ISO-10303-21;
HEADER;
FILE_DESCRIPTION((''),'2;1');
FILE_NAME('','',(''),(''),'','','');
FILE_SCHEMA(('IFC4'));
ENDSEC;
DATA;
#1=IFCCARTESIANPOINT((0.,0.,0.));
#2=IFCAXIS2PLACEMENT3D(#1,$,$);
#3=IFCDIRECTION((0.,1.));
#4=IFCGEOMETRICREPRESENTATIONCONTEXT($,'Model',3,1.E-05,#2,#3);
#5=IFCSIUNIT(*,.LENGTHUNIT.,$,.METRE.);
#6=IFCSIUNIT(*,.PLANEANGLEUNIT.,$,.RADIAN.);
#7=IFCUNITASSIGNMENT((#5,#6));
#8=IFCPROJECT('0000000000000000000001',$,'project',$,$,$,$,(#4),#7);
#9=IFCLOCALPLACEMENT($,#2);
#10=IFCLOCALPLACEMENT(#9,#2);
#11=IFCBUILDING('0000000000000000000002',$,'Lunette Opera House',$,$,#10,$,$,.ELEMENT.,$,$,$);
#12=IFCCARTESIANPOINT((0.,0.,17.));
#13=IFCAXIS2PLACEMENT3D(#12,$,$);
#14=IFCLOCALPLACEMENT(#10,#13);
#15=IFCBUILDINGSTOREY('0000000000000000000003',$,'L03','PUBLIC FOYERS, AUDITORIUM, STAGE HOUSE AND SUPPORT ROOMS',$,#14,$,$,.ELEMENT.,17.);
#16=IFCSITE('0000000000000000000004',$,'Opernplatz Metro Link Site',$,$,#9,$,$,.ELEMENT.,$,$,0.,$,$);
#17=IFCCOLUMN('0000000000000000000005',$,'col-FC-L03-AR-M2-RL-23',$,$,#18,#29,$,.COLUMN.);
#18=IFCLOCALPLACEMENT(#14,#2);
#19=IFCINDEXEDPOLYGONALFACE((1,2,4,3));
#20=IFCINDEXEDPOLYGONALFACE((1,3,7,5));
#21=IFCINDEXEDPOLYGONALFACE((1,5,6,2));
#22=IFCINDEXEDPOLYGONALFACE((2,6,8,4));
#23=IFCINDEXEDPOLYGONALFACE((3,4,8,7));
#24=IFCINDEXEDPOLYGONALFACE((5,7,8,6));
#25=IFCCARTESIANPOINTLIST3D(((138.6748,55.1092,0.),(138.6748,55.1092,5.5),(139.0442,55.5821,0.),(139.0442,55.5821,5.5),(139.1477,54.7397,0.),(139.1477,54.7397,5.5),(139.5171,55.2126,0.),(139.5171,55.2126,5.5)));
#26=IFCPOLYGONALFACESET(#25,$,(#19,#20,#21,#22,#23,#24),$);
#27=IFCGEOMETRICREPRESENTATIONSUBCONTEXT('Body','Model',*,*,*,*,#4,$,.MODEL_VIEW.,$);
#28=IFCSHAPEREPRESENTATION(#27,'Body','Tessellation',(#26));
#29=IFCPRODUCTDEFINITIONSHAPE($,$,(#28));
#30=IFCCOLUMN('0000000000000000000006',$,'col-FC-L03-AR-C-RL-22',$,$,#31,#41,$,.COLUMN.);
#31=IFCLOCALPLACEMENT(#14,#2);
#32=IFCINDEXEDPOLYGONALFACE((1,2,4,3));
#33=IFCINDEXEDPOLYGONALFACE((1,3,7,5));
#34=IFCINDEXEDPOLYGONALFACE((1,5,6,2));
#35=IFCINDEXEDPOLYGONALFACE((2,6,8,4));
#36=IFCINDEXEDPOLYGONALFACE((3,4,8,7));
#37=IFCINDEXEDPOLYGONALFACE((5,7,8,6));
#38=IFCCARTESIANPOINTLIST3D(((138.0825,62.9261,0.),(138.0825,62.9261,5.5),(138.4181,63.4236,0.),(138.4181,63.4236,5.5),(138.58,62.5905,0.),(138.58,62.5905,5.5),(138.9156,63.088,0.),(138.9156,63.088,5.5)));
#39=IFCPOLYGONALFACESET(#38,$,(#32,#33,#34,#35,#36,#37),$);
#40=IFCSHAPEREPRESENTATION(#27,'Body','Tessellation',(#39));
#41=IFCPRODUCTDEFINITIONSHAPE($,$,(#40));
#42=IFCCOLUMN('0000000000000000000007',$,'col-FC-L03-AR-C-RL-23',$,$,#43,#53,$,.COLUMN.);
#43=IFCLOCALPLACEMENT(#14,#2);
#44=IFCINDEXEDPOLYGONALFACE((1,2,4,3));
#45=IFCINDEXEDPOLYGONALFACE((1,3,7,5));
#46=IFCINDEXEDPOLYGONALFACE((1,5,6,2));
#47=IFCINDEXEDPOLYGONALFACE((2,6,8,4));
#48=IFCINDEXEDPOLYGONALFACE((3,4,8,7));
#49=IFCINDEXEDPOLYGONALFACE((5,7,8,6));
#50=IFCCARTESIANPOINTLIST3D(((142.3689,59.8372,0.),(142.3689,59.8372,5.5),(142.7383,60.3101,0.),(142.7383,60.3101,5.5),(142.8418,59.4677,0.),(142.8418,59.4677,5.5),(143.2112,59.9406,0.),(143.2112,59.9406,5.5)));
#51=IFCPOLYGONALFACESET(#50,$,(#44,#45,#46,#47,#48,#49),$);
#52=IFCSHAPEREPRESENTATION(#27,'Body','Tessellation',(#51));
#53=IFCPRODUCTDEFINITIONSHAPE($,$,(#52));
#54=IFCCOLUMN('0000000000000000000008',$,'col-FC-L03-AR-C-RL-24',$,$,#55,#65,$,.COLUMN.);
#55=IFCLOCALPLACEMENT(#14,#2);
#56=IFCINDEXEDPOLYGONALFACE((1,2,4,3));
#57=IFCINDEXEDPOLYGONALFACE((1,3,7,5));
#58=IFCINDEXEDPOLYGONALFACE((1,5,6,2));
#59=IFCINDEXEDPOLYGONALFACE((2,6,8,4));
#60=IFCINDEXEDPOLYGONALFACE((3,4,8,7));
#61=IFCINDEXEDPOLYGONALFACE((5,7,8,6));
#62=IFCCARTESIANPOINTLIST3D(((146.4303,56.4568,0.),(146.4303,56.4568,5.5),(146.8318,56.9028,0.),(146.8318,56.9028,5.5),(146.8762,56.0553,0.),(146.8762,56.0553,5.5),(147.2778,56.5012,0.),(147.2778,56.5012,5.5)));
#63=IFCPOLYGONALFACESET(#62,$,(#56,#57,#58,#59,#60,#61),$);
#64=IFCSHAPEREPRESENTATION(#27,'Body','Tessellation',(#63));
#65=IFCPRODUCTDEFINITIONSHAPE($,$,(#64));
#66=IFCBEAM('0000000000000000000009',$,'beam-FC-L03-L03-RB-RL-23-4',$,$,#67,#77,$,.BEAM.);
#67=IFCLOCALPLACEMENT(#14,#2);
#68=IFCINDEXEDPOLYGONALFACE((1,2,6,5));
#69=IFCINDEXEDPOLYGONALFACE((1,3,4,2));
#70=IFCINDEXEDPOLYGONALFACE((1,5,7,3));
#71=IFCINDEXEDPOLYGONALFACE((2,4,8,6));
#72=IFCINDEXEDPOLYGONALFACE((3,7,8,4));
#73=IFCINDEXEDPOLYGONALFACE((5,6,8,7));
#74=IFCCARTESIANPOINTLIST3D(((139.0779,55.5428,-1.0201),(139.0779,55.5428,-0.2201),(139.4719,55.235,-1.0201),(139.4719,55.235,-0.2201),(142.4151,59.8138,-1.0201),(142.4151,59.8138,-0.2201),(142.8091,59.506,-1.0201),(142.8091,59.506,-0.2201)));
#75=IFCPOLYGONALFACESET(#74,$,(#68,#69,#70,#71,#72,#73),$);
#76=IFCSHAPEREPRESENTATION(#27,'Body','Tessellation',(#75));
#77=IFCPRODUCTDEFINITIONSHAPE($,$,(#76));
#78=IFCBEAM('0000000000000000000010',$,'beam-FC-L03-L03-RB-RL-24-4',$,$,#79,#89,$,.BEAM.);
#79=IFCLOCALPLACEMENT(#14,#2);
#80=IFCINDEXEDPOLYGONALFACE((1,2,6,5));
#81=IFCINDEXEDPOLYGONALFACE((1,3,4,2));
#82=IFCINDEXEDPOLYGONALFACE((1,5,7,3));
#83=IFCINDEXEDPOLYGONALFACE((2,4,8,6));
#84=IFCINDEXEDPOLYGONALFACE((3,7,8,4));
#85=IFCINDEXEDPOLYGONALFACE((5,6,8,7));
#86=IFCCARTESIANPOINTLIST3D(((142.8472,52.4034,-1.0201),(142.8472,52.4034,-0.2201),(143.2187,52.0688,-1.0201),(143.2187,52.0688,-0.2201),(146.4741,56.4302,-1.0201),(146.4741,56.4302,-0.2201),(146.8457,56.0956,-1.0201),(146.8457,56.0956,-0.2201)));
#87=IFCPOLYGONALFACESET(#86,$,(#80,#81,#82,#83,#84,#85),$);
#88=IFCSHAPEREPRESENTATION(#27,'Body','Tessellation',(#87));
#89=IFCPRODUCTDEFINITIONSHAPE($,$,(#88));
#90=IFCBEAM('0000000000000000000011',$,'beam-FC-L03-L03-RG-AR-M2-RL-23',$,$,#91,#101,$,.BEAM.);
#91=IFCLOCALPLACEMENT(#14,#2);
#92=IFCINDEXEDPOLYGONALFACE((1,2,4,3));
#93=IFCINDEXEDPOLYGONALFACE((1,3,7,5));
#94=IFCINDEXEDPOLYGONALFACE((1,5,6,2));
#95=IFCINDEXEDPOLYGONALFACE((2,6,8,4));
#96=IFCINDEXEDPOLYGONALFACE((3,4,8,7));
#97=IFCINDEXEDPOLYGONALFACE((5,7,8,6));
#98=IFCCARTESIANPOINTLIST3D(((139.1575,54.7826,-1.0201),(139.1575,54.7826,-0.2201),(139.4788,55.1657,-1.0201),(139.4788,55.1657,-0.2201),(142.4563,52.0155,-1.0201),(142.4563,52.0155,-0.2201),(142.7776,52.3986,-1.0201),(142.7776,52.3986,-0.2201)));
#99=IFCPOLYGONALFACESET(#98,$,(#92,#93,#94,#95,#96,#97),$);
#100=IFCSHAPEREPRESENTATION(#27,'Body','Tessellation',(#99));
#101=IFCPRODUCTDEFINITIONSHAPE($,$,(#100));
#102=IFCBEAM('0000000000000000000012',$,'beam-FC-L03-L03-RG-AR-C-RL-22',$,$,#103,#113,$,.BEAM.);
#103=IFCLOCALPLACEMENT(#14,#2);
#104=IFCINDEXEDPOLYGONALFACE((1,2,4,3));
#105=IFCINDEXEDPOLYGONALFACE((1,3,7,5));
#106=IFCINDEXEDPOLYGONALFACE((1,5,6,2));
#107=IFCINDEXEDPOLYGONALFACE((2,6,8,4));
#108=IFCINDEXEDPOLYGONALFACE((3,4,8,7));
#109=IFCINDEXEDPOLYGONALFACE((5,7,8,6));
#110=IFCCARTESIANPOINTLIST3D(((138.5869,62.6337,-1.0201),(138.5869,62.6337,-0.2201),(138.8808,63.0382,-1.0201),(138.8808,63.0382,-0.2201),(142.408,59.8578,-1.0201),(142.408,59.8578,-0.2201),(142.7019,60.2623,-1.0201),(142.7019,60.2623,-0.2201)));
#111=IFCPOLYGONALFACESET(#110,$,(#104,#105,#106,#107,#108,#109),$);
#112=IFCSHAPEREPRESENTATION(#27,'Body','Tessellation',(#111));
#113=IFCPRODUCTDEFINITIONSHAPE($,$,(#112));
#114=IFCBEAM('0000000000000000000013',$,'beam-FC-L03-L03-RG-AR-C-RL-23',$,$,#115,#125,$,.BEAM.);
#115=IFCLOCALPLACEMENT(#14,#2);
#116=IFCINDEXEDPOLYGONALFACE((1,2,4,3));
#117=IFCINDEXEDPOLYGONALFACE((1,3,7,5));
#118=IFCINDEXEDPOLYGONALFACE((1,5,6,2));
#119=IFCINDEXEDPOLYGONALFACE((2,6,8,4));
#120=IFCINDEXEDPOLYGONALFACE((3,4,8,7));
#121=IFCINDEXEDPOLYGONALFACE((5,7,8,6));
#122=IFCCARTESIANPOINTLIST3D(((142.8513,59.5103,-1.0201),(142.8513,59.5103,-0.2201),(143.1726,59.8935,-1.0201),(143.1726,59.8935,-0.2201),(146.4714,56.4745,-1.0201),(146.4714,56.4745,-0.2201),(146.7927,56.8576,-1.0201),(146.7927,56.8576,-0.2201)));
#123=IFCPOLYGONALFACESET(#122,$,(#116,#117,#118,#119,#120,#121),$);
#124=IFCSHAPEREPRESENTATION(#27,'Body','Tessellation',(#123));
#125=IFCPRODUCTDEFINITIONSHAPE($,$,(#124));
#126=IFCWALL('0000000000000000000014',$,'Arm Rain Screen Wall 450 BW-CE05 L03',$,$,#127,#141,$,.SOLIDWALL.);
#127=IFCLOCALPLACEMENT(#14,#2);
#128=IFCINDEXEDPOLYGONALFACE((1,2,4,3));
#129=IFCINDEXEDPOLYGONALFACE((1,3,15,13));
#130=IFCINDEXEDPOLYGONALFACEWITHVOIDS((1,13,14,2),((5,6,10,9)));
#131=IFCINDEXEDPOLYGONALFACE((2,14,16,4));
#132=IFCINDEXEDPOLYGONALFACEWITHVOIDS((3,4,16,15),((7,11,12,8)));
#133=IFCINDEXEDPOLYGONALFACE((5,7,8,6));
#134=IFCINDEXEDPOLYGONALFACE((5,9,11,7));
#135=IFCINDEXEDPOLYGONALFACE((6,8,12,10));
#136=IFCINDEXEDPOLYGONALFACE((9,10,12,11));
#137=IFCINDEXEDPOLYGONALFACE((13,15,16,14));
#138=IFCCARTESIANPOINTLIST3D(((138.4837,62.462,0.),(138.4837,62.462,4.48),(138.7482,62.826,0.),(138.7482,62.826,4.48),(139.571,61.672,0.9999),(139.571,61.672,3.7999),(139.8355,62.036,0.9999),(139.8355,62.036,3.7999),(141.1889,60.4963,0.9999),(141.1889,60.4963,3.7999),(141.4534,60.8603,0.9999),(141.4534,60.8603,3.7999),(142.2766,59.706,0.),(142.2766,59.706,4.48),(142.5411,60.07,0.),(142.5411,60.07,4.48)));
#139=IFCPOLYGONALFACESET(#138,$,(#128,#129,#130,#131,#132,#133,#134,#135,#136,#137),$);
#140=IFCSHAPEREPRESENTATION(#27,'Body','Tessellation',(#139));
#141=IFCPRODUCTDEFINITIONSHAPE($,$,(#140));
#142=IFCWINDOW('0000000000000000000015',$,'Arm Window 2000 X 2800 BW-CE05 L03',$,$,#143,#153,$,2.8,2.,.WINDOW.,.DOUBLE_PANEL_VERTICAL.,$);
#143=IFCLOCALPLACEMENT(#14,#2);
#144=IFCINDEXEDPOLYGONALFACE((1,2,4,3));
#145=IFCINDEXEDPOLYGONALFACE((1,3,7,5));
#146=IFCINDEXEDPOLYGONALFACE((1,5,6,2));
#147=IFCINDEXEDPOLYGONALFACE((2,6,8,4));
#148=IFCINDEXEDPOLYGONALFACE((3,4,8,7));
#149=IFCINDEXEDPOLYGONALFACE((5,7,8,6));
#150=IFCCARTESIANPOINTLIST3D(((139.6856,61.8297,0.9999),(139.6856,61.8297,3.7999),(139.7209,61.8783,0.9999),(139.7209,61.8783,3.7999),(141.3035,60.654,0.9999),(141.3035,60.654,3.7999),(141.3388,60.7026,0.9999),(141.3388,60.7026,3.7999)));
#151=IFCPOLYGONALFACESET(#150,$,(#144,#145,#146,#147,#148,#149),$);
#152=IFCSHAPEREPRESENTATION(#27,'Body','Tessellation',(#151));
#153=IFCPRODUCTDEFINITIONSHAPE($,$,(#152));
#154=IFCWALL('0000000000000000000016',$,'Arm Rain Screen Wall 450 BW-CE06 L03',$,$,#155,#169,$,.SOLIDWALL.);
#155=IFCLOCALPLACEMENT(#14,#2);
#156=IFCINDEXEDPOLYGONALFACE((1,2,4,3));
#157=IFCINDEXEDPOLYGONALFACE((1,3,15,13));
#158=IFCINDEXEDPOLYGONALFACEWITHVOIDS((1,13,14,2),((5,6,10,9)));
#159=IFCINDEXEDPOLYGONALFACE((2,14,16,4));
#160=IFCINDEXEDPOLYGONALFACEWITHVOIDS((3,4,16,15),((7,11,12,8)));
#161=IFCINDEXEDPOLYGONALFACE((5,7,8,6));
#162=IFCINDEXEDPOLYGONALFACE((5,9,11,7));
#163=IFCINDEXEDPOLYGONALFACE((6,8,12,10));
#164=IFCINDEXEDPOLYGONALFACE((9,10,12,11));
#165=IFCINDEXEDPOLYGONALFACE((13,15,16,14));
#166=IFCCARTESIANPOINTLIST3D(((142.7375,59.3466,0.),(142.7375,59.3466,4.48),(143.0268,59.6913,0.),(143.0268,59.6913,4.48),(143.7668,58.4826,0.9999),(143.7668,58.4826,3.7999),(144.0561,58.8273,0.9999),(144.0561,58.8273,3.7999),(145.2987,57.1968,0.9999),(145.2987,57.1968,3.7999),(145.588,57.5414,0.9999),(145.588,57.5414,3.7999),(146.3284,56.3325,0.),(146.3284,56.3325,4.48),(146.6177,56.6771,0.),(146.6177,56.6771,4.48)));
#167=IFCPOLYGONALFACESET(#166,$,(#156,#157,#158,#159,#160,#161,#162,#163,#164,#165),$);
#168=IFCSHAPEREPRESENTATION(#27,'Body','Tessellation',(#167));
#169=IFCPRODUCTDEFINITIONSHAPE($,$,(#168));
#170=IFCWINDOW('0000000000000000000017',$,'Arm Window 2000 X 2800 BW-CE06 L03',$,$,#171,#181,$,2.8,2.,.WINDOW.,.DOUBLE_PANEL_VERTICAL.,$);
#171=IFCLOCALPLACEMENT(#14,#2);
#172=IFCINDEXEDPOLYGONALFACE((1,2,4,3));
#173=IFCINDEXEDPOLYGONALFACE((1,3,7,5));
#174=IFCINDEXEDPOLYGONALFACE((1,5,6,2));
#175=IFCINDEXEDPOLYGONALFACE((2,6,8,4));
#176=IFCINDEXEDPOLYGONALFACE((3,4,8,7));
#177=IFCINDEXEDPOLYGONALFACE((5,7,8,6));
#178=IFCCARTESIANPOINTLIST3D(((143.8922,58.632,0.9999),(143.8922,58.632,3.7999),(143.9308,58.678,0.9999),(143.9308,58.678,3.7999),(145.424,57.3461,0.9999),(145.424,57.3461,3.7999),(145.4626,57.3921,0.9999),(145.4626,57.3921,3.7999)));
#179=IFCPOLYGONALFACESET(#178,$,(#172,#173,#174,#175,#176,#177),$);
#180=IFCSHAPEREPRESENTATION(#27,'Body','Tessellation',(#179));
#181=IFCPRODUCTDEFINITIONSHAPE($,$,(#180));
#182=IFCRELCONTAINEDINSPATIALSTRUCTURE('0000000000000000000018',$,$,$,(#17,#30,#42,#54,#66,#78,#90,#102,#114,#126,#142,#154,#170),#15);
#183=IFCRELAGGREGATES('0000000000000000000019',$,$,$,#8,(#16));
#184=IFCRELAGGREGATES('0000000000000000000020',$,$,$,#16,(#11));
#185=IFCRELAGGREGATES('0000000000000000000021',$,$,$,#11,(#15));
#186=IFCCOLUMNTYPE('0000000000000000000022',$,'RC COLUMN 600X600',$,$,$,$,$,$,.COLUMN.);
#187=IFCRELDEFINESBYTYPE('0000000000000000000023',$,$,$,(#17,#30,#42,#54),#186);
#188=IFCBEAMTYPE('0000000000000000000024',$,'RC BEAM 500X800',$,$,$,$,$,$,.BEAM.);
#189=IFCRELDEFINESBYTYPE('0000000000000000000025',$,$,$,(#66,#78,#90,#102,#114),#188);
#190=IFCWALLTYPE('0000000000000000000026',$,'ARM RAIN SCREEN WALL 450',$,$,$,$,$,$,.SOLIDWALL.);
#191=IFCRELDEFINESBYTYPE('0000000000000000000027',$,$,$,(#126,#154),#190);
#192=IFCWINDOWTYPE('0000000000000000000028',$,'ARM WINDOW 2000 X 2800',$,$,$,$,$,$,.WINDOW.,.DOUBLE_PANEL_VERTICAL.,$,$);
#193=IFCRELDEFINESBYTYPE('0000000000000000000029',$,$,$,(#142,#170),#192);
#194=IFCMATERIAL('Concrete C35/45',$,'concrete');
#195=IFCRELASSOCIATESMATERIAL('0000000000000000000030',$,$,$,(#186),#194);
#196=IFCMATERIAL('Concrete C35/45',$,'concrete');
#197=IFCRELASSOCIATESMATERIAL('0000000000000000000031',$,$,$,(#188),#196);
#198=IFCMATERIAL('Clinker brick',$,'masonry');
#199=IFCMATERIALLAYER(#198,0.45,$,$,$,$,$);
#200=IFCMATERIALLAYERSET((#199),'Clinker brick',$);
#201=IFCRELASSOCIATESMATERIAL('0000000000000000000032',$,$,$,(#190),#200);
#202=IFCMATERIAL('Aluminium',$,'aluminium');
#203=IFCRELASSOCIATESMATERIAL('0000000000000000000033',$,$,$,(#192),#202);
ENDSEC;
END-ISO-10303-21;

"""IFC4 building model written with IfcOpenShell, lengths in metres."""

from ifc_helpers import new_model, si_unit, direction, frame, frame_2d, origin, origin_2d, place, context, subcontext, project, spatial, rectangle, extrude, material, layer, layer_set, material_profile, profile_set, type_object, element, fill, save


model = new_model("IFC4")

# Units and contexts
model_context = context("Model", 3, precision=1e-05, world=origin(), true_north=direction((0.0, 1.0)))
body_context = subcontext(model_context, "Body", "Model", "MODEL_VIEW")
ifc_project = project(units=[si_unit("LENGTHUNIT", "METRE"), si_unit("PLANEANGLEUNIT", "RADIAN")], contexts=[model_context])

# Site, building, storey
site_placement = place(None, origin())
site = spatial("IfcSite", under=ifc_project, at=site_placement, Name="Opernplatz Metro Link Site", CompositionType="ELEMENT", RefElevation=0.0)
building_placement = place(site_placement, origin())
building = spatial("IfcBuilding", under=site, at=building_placement, Name="Lunette Opera House", CompositionType="ELEMENT")
storey_placement = place(building_placement, frame((0.0, 0.0, 17.0)))
storey = spatial("IfcBuildingStorey", under=building, at=storey_placement, Name="L03", Description="PUBLIC FOYERS, AUDITORIUM, STAGE HOUSE AND SUPPORT ROOMS", CompositionType="ELEMENT", Elevation=17.0)

# Columns
ifc_material_1 = material(Name="Concrete C35/45", Category="concrete")
ifc_material_profile_1 = material_profile(ifc_material_1, rectangle(XDim=0.6001, YDim=0.6001, at=origin_2d()), Name="RC COLUMN 600X600")
ifc_profile_set_1 = profile_set([ifc_material_profile_1], Name="Concrete C35/45")
column_type = type_object("IfcColumnType", Name="RC COLUMN 600X600", PredefinedType="COLUMN", material=ifc_profile_set_1)
for number, where, z_axis, x_axis, name in (
    (1, (139.0959, 55.1609, 0.0), (0.0, 0.0, 1.0), (0.788011, -0.615661, 0.0), "col-FC-L03-AR-M2-RL-23"),
    (2, (138.499, 63.0071, 0.0), (0.0, 0.0, 1.0), (0.829038, -0.559193, 0.0), "col-FC-L03-AR-C-RL-22"),
    (3, (142.79, 59.8889, 0.0), (0.0, 0.0, 1.0), (0.788011, -0.615661, 0.0), "col-FC-L03-AR-C-RL-23"),
    (4, (146.854, 56.479, 0.0), (0.0, 0.0, 1.0), (0.743145, -0.669131, 0.0), "col-FC-L03-AR-C-RL-24"),
):
    element("IfcColumn", number, at=place(storey_placement, frame(where, z_axis=z_axis, x_axis=x_axis)), inside=storey, type_object=column_type, Name=name, PredefinedType="COLUMN", context=body_context, shape_type="SweptSolid", body=[
        extrude(rectangle(XDim=0.6001, YDim=0.6001, at=origin_2d()), origin(), (0.0, 0.0, 1.0), 5.5),
    ])

# Beams
ifc_material_2 = material(Name="Concrete C35/45", Category="concrete")
ifc_material_profile_2 = material_profile(ifc_material_2, rectangle(XDim=0.5, YDim=0.8, at=origin_2d()), Name="RC BEAM 500X800")
ifc_profile_set_2 = profile_set([ifc_material_profile_2], Name="Concrete C35/45")
beam_type = type_object("IfcBeamType", Name="RC BEAM 500X800", PredefinedType="BEAM", material=ifc_profile_set_2)
beam_1_placement = place(storey_placement, frame((139.2749, 55.3889, -0.6201), z_axis=(0.615695, 0.787985, 0.0), x_axis=(-0.787985, 0.615695, 0.0)))
element("IfcBeam", 5, at=beam_1_placement, inside=storey, type_object=beam_type, Name="beam-FC-L03-L03-RB-RL-23-4", PredefinedType="BEAM", context=body_context, shape_type="SweptSolid", body=[
    extrude(rectangle(XDim=0.5, YDim=0.8, at=origin_2d()), origin(), (0.0, 0.0, 1.0), 5.4202),
])
beam_2_placement = place(storey_placement, frame((143.033, 52.2361, -0.6201), z_axis=(0.669248, 0.743039, 0.0), x_axis=(-0.743039, 0.669248, 0.0)))
element("IfcBeam", 6, at=beam_2_placement, inside=storey, type_object=beam_type, Name="beam-FC-L03-L03-RB-RL-24-4", PredefinedType="BEAM", context=body_context, shape_type="SweptSolid", body=[
    extrude(rectangle(XDim=0.5, YDim=0.8, at=origin_2d()), origin(), (0.0, 0.0, 1.0), 5.4194),
])
beam_3_placement = place(storey_placement, frame((139.3181, 54.9741, -0.6201), z_axis=(0.766154, -0.642657, 0.0), x_axis=(0.642657, 0.766154, 0.0)))
element("IfcBeam", 7, at=beam_3_placement, inside=storey, type_object=beam_type, Name="beam-FC-L03-L03-RG-AR-M2-RL-23", PredefinedType="BEAM", context=body_context, shape_type="SweptSolid", body=[
    extrude(rectangle(XDim=0.5, YDim=0.8, at=origin_2d()), origin(), (0.0, 0.0, 1.0), 4.3057),
])
beam_4_placement = place(storey_placement, frame((138.7339, 62.8359, -0.6201), z_axis=(0.809044, -0.587747, 0.0), x_axis=(0.587747, 0.809044, 0.0)))
element("IfcBeam", 8, at=beam_4_placement, inside=storey, type_object=beam_type, Name="beam-FC-L03-L03-RG-AR-C-RL-22", PredefinedType="BEAM", context=body_context, shape_type="SweptSolid", body=[
    extrude(rectangle(XDim=0.5, YDim=0.8, at=origin_2d()), origin(), (0.0, 0.0, 1.0), 4.7229),
])
beam_5_placement = place(storey_placement, frame((143.012, 59.7019, -0.6201), z_axis=(0.766227, -0.64257, 0.0), x_axis=(0.64257, 0.766227, 0.0)))
element("IfcBeam", 9, at=beam_5_placement, inside=storey, type_object=beam_type, Name="beam-FC-L03-L03-RG-AR-C-RL-23", PredefinedType="BEAM", context=body_context, shape_type="SweptSolid", body=[
    extrude(rectangle(XDim=0.5, YDim=0.8, at=origin_2d()), origin(), (0.0, 0.0, 1.0), 4.7246),
])

# Walls, openings, windows
ifc_material_3 = material(Name="Clinker brick", Category="masonry")
ifc_layer_1 = layer(ifc_material_3, 0.45)
ifc_layer_set_1 = layer_set([ifc_layer_1], Name="Clinker brick")
wall_type_1 = type_object("IfcWallType", Name="ARM RAIN SCREEN WALL 450", PredefinedType="SOLIDWALL", material=ifc_layer_set_1)
wall_1_placement = place(storey_placement, frame((138.616, 62.644, 0.0), z_axis=(0.0, 0.0, 1.0), x_axis=(0.808981, -0.587834, 0.0)))
wall_1 = element("IfcWall", 10, at=wall_1_placement, inside=storey, type_object=wall_type_1, Name="Arm Rain Screen Wall 450 BW-CE05 L03", PredefinedType="SOLIDWALL", context=body_context, shape_type="SweptSolid", body=[
    extrude(rectangle(XDim=4.6885, YDim=0.45, at=frame_2d((2.3442, 0.0))), origin(), (0.0, 0.0, 1.0), 4.48),
])
opening_1_placement = place(wall_1_placement, frame((1.344, 0.0, 1.0)))
opening_1 = element("IfcOpeningElement", 11, at=opening_1_placement, cuts=wall_1, PredefinedType="OPENING", context=body_context, shape_type="SweptSolid", body=[
    extrude(rectangle(XDim=2.0, YDim=2.8, at=frame_2d((1.0, 1.3999))), frame((0.0, 0.2371, 0.0), z_axis=(0.0, -1.0, 0.0), x_axis=(1.0, 0.0, 0.0)), (0.0, 0.0, 1.0), 0.4739),
])
ifc_material_4 = material(Name="Aluminium", Category="aluminium")
window_type = type_object("IfcWindowType", Name="ARM WINDOW 2000 X 2800", PartitioningType="DOUBLE_PANEL_VERTICAL", PredefinedType="WINDOW", material=ifc_material_4)
window_1_placement = place(opening_1_placement, origin())
window_1 = element("IfcWindow", 12, at=window_1_placement, inside=storey, type_object=window_type, Name="Arm Window 2000 X 2800 BW-CE05 L03", OverallHeight=2.8, OverallWidth=2.0, PartitioningType="DOUBLE_PANEL_VERTICAL", PredefinedType="WINDOW", context=body_context, shape_type="SweptSolid", body=[
    extrude(rectangle(XDim=2.0, YDim=2.8, at=frame_2d((1.0, 1.3999))), frame((0.0, 0.03, 0.0), z_axis=(0.0, -1.0, 0.0), x_axis=(1.0, 0.0, 0.0)), (0.0, 0.0, 1.0), 0.0601),
])
fill(opening_1, window_1)
wall_2_placement = place(storey_placement, frame((142.8821, 59.519, 0.0), z_axis=(0.0, 0.0, 1.0), x_axis=(0.765928, -0.642926, 0.0)))
wall_2 = element("IfcWall", 13, at=wall_2_placement, inside=storey, type_object=wall_type_1, Name="Arm Rain Screen Wall 450 BW-CE06 L03", PredefinedType="SOLIDWALL", context=body_context, shape_type="SweptSolid", body=[
    extrude(rectangle(XDim=4.6882, YDim=0.45, at=frame_2d((2.3442, 0.0))), origin(), (0.0, 0.0, 1.0), 4.48),
])
opening_2_placement = place(wall_2_placement, frame((1.344, 0.0, 1.0)))
opening_2 = element("IfcOpeningElement", 14, at=opening_2_placement, cuts=wall_2, PredefinedType="OPENING", context=body_context, shape_type="SweptSolid", body=[
    extrude(rectangle(XDim=2.0, YDim=2.8, at=frame_2d((1.0, 1.3999))), frame((0.0, 0.2371, 0.0), z_axis=(0.0, -1.0, 0.0), x_axis=(1.0, 0.0, 0.0)), (0.0, 0.0, 1.0), 0.4739),
])
window_2_placement = place(opening_2_placement, origin())
window_2 = element("IfcWindow", 15, at=window_2_placement, inside=storey, type_object=window_type, Name="Arm Window 2000 X 2800 BW-CE06 L03", OverallHeight=2.8, OverallWidth=2.0, PartitioningType="DOUBLE_PANEL_VERTICAL", PredefinedType="WINDOW", context=body_context, shape_type="SweptSolid", body=[
    extrude(rectangle(XDim=2.0, YDim=2.8, at=frame_2d((1.0, 1.3999))), frame((0.0, 0.03, 0.0), z_axis=(0.0, -1.0, 0.0), x_axis=(1.0, 0.0, 0.0)), (0.0, 0.0, 1.0), 0.0601),
])
fill(opening_2, window_2)

save(model, "model.ifc")
